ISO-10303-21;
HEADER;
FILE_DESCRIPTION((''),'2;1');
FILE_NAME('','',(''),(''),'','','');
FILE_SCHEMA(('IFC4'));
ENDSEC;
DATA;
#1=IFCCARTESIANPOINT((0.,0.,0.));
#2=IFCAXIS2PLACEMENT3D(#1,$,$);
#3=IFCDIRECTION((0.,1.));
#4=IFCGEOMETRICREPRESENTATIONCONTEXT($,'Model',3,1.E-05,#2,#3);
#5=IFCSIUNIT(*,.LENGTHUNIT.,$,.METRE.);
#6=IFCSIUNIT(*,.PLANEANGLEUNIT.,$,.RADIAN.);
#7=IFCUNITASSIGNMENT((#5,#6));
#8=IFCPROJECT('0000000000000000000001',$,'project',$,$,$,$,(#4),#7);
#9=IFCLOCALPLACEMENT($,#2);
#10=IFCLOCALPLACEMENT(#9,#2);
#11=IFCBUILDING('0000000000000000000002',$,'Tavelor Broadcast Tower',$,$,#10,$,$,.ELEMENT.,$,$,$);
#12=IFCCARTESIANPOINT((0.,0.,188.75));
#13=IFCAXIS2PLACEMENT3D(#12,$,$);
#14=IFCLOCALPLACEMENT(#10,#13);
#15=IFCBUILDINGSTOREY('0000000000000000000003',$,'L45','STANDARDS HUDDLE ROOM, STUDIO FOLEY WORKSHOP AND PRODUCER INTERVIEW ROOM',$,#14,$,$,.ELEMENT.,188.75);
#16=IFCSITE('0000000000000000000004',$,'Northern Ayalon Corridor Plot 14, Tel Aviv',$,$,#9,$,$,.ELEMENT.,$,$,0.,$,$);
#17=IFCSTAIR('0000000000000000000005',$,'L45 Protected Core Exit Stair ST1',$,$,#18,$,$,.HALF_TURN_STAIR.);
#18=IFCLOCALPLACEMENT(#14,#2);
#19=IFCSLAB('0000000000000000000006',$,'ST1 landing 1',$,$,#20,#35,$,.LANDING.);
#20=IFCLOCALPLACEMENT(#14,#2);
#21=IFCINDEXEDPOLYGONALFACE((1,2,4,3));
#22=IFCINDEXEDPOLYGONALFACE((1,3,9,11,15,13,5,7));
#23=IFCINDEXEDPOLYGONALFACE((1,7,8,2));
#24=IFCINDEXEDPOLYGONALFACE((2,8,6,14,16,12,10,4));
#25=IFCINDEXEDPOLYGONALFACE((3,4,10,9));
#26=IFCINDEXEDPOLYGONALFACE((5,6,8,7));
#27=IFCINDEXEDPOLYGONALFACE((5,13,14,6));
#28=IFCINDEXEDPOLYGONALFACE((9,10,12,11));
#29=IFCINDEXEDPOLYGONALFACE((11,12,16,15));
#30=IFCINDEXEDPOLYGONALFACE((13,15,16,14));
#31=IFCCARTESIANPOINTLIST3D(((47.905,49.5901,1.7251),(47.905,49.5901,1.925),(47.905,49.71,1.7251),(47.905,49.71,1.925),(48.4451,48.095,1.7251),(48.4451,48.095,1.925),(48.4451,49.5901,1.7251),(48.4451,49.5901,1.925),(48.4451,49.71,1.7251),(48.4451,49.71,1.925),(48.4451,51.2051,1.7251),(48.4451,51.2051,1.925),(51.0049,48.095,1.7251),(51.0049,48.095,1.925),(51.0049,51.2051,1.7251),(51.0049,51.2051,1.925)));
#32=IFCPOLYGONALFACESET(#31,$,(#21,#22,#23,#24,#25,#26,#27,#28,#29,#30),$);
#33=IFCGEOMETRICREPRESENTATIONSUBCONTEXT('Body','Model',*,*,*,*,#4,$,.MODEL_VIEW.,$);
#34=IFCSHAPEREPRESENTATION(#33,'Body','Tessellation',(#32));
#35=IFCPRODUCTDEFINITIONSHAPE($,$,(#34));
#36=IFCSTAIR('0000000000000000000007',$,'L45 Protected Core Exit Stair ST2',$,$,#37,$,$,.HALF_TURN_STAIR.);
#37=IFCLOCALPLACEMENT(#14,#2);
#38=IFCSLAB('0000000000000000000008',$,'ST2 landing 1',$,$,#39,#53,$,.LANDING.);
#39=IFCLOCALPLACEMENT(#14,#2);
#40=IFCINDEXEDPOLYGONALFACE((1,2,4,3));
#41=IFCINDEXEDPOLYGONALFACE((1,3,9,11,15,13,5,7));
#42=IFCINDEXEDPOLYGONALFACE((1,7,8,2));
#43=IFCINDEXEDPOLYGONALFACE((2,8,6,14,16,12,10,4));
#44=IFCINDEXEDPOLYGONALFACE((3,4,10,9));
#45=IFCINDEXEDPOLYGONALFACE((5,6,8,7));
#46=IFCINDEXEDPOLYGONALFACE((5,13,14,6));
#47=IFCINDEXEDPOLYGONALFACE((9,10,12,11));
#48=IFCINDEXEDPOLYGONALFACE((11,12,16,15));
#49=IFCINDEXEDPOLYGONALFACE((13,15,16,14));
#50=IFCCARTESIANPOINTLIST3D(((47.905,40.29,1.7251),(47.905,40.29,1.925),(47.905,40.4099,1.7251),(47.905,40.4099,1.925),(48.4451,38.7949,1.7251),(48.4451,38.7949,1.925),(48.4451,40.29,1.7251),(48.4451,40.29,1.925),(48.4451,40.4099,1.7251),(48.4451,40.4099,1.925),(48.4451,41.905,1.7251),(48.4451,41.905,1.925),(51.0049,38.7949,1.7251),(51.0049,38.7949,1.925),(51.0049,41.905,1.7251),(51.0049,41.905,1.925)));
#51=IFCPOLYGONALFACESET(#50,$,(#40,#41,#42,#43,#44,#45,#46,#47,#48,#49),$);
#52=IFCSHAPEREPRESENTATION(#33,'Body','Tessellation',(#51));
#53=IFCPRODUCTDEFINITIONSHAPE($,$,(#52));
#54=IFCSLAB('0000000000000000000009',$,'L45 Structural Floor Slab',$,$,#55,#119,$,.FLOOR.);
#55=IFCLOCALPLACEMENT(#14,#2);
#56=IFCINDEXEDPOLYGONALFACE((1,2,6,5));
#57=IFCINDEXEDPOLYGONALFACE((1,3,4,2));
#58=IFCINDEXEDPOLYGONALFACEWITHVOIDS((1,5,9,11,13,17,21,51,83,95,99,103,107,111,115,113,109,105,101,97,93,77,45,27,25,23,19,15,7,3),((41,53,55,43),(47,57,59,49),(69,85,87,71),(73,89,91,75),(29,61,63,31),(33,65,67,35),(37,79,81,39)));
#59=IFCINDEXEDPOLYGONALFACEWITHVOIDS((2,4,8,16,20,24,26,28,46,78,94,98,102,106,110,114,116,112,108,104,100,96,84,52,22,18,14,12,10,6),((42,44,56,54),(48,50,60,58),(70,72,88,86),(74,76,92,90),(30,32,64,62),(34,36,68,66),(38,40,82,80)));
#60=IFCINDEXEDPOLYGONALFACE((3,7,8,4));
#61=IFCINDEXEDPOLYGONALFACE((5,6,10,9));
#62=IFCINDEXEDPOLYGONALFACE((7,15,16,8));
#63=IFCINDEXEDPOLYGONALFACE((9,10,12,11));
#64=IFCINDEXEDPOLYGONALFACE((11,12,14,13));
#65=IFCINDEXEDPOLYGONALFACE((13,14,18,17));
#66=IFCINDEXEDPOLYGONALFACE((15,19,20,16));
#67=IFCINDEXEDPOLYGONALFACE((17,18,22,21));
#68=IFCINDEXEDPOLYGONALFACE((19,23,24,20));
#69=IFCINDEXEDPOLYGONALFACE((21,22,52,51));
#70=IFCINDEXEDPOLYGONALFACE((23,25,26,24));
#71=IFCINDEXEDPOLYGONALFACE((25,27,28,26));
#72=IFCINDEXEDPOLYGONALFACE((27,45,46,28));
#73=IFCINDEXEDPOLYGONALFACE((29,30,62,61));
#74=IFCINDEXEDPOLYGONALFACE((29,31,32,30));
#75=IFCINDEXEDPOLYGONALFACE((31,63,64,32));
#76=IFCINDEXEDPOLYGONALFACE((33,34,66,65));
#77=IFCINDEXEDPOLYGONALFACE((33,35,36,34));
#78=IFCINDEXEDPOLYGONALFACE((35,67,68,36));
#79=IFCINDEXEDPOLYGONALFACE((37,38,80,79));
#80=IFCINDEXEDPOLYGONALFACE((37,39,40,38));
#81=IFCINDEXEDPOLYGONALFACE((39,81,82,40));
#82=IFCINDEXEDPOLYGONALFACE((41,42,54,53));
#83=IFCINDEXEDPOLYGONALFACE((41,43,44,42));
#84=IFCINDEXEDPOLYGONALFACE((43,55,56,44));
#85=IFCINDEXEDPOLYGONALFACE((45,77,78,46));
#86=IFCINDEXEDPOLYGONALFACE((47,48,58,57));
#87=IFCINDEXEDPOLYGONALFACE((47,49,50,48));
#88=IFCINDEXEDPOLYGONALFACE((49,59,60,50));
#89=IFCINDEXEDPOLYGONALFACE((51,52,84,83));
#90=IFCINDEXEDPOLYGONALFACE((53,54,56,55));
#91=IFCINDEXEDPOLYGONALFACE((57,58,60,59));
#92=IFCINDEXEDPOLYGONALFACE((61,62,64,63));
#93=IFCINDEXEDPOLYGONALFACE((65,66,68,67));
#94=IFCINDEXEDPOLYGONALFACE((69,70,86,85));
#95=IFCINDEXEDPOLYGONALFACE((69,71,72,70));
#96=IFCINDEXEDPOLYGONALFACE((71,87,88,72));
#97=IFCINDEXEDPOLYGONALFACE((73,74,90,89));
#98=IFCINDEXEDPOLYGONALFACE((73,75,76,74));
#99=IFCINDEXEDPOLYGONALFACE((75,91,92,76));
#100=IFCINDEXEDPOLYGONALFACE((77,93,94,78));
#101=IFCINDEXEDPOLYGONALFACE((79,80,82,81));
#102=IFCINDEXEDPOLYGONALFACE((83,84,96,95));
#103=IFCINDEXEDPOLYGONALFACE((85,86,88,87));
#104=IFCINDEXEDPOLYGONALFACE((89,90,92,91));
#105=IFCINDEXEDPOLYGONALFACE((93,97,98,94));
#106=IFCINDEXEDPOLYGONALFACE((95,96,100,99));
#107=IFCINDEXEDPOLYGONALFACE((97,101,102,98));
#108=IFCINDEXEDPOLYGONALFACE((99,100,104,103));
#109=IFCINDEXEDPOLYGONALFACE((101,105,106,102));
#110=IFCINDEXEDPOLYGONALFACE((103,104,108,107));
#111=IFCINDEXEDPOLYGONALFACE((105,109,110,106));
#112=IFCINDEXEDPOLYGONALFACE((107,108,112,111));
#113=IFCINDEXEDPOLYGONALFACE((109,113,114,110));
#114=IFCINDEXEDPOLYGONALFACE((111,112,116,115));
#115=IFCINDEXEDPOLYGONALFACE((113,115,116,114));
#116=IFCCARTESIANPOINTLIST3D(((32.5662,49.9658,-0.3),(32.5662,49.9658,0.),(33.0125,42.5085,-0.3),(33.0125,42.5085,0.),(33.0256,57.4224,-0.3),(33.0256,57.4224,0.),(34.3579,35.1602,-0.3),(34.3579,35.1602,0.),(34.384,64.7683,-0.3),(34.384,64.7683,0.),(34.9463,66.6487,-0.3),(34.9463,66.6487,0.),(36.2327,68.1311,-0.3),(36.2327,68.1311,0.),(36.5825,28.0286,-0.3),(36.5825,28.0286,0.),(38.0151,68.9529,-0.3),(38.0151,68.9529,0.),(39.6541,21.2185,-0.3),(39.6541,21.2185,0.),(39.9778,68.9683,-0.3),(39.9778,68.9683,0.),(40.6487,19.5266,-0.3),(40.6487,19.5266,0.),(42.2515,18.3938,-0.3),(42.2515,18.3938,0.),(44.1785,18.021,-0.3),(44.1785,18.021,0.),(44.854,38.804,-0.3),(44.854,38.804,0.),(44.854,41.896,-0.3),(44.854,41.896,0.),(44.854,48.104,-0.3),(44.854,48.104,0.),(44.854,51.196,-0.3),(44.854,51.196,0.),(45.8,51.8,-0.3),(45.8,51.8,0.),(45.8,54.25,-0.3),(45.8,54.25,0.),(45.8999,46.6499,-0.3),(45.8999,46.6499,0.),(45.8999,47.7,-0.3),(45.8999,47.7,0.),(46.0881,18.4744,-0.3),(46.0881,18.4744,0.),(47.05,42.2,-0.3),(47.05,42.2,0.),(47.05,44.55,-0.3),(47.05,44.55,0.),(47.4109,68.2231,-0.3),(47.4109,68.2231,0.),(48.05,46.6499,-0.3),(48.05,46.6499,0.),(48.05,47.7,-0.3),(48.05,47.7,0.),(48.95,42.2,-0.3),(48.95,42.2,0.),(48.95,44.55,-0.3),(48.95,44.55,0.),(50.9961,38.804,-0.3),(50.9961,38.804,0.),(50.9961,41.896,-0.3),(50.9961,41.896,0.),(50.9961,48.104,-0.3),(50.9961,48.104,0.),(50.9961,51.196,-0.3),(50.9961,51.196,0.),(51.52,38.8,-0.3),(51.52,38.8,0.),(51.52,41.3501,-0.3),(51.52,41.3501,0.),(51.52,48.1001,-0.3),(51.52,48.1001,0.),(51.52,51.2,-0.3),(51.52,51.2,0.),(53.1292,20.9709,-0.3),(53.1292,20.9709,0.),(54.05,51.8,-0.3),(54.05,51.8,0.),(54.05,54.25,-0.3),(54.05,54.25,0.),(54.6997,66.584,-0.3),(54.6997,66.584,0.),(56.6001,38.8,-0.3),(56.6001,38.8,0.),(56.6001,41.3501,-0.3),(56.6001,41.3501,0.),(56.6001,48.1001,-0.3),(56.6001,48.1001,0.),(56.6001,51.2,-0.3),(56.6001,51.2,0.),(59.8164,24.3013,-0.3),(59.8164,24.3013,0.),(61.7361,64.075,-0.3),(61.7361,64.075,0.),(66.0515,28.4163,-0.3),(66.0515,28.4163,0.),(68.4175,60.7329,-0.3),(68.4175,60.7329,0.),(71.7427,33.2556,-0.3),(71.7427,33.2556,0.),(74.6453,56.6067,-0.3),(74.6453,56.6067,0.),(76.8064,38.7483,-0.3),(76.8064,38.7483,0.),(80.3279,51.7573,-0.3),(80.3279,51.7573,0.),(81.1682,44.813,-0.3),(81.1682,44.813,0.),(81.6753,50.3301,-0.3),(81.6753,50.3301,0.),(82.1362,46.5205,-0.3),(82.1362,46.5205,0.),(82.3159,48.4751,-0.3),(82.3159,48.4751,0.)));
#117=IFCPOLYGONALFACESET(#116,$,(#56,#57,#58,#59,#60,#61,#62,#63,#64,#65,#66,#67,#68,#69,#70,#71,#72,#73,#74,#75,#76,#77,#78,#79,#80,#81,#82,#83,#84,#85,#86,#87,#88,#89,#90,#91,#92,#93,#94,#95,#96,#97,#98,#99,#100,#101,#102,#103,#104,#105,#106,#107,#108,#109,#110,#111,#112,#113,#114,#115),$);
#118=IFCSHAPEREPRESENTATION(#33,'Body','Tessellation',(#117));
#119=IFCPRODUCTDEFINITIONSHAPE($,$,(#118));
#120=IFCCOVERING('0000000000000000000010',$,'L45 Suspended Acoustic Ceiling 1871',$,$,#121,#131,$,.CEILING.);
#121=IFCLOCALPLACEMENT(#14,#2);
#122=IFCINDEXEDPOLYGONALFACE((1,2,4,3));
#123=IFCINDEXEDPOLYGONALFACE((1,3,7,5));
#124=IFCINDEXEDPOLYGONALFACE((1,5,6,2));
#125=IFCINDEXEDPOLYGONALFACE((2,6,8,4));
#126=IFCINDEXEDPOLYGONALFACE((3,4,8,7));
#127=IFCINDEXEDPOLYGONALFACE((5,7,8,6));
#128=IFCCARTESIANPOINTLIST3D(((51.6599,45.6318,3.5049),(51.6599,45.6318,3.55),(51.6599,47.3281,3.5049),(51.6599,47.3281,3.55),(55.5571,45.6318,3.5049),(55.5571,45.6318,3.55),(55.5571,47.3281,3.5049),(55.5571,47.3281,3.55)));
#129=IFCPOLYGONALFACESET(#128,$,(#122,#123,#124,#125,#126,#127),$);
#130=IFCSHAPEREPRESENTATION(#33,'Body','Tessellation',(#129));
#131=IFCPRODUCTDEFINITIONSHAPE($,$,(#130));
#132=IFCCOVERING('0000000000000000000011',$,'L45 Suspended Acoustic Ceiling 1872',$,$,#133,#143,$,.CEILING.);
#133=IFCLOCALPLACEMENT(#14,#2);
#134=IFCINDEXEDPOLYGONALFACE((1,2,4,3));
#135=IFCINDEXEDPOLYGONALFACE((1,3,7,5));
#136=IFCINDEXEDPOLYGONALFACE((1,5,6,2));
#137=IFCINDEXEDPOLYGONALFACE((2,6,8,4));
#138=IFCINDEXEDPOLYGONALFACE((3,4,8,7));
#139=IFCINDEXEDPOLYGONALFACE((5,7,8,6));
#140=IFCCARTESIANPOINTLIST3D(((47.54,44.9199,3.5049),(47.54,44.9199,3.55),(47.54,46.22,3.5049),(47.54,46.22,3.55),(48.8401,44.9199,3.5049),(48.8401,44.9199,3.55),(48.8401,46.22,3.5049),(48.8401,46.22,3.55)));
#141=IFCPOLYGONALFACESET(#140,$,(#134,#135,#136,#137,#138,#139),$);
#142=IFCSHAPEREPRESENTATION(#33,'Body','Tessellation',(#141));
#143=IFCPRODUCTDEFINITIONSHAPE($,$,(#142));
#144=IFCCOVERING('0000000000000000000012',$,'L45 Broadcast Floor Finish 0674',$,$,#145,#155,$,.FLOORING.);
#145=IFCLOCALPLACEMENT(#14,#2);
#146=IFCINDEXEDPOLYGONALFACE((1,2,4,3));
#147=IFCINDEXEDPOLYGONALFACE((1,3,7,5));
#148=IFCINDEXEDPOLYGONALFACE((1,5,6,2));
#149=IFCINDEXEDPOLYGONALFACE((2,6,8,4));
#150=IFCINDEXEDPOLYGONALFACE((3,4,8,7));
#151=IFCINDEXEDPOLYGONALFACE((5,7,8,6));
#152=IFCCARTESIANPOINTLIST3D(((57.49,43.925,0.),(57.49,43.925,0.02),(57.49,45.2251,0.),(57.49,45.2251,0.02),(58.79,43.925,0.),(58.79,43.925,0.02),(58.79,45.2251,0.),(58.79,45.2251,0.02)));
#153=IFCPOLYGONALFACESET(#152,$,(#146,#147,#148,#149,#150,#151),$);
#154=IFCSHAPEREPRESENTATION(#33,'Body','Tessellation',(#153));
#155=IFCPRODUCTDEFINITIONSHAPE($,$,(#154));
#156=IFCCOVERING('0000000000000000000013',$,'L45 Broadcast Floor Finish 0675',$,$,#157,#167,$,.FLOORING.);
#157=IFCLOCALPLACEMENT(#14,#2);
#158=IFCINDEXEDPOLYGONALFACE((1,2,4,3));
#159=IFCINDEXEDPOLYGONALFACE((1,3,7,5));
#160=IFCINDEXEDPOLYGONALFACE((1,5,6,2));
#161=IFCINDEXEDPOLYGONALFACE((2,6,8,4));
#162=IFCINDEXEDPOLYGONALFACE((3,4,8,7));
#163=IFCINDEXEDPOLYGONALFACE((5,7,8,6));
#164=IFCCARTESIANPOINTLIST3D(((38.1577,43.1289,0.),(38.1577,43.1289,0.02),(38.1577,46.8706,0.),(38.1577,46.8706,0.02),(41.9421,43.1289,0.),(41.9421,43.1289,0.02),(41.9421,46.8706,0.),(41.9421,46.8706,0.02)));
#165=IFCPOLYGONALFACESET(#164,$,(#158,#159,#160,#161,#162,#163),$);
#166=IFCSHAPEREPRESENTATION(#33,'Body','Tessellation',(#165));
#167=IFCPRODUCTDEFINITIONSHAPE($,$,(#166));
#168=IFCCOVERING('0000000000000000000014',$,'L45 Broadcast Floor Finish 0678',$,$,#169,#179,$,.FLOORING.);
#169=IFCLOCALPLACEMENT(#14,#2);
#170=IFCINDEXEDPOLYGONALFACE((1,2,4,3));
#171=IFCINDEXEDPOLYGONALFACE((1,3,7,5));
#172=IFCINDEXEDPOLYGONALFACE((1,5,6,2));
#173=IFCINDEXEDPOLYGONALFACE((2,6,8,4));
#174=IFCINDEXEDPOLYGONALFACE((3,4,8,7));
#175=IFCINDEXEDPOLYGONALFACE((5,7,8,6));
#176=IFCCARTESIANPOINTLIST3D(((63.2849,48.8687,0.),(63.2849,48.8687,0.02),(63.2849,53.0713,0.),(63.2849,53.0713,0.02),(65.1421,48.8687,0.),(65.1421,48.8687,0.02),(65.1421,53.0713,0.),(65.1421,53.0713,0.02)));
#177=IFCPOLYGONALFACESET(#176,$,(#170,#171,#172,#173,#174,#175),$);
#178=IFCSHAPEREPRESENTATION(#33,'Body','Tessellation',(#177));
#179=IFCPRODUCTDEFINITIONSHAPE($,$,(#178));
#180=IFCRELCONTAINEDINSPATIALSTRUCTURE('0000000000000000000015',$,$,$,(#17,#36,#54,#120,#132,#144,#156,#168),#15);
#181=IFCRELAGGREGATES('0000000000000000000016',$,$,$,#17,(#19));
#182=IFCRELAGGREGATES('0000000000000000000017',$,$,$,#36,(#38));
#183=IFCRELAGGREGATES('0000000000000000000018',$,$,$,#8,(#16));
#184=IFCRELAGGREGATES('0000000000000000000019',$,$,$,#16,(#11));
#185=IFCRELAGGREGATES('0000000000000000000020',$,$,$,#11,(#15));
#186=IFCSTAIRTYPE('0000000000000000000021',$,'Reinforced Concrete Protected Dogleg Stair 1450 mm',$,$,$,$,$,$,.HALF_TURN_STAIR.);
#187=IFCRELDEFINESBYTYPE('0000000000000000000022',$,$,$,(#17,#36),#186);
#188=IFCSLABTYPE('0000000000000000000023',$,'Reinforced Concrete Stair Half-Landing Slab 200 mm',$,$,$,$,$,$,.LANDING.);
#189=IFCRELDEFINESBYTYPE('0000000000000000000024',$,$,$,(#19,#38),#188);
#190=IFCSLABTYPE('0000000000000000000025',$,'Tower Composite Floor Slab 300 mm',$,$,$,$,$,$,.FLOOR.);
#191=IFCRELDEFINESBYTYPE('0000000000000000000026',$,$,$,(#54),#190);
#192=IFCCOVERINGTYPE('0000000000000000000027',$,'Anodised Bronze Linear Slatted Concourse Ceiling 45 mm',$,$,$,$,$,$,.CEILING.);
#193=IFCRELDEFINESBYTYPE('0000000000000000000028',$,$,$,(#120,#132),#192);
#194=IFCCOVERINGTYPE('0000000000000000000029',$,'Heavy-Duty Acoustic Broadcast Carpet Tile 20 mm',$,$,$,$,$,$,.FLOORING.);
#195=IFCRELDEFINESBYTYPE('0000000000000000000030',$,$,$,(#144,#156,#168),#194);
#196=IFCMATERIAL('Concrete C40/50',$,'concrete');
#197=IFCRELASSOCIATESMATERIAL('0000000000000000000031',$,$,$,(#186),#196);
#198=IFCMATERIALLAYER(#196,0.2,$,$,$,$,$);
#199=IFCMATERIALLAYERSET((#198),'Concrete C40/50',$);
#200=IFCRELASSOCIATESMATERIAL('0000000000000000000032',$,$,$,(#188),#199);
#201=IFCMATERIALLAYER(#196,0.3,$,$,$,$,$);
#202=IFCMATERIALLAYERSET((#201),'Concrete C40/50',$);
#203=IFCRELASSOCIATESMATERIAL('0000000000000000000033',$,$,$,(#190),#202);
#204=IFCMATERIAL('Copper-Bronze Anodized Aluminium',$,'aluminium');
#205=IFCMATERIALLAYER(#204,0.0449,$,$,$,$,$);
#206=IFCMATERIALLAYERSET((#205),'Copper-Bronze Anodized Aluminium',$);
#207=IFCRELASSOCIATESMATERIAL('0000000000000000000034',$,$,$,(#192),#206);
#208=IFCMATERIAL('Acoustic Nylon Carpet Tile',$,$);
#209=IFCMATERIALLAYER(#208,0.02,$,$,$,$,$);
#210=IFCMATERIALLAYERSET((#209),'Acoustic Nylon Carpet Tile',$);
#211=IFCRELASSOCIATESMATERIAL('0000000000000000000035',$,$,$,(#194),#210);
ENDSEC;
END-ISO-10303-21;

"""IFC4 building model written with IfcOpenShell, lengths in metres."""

from ifc_helpers import new_model, si_unit, direction, frame, origin, place, context, subcontext, project, spatial, polyline, outline, extrude, material, layer, layer_set, type_object, element, aggregate, save


model = new_model("IFC4")

# Units and contexts
model_context = context("Model", 3, precision=1e-05, world=origin(), true_north=direction((0.0, 1.0)))
body_context = subcontext(model_context, "Body", "Model", "MODEL_VIEW")
ifc_project = project(units=[si_unit("LENGTHUNIT", "METRE"), si_unit("PLANEANGLEUNIT", "RADIAN")], contexts=[model_context])

# Site, building, storey
site_placement = place(None, origin())
site = spatial("IfcSite", under=ifc_project, at=site_placement, Name="Northern Ayalon Corridor Plot 14, Tel Aviv", CompositionType="ELEMENT", RefElevation=0.0)
building_placement = place(site_placement, origin())
building = spatial("IfcBuilding", under=site, at=building_placement, Name="Tavelor Broadcast Tower", CompositionType="ELEMENT")
storey_placement = place(building_placement, frame((0.0, 0.0, 188.75)))
storey = spatial("IfcBuildingStorey", under=building, at=storey_placement, Name="L45", Description="STANDARDS HUDDLE ROOM, STUDIO FOLEY WORKSHOP AND PRODUCER INTERVIEW ROOM", CompositionType="ELEMENT", Elevation=188.75)

# Stairs, slabs
ifc_material_1 = material(Name="Concrete C40/50", Category="concrete")
stair_type = type_object("IfcStairType", Name="Reinforced Concrete Protected Dogleg Stair 1450 mm", PredefinedType="HALF_TURN_STAIR", material=ifc_material_1)
stair_1_placement = place(storey_placement, origin())
stair_1 = element("IfcStair", 1, at=stair_1_placement, inside=storey, type_object=stair_type, Name="L45 Protected Core Exit Stair ST1", PredefinedType="HALF_TURN_STAIR")
ifc_layer_1 = layer(ifc_material_1, 0.2)
ifc_layer_set_1 = layer_set([ifc_layer_1], Name="Concrete C40/50")
slab_type_1 = type_object("IfcSlabType", Name="Reinforced Concrete Stair Half-Landing Slab 200 mm", PredefinedType="LANDING", material=ifc_layer_set_1)
slab_1_placement = place(storey_placement, frame((0.0, 0.0, 1.7251)))
slab_1 = element("IfcSlab", 2, at=slab_1_placement, type_object=slab_type_1, Name="ST1 landing 1", PredefinedType="LANDING", context=body_context, shape_type="SweptSolid", body=[
    extrude(outline(polyline([(48.4451, 49.5901), (48.4451, 48.095), (51.0049, 48.095), (51.0049, 51.2051), (48.4451, 51.2051), (48.4451, 49.71), (47.905, 49.71), (47.905, 49.5901), (48.4451, 49.5901)])), origin(), (0.0, 0.0, 1.0), 0.2),
])
aggregate(stair_1, [slab_1])
stair_2_placement = place(storey_placement, origin())
stair_2 = element("IfcStair", 3, at=stair_2_placement, inside=storey, type_object=stair_type, Name="L45 Protected Core Exit Stair ST2", PredefinedType="HALF_TURN_STAIR")
slab_2_placement = place(storey_placement, frame((0.0, 0.0, 1.7251)))
slab_2 = element("IfcSlab", 4, at=slab_2_placement, type_object=slab_type_1, Name="ST2 landing 1", PredefinedType="LANDING", context=body_context, shape_type="SweptSolid", body=[
    extrude(outline(polyline([(48.4451, 40.29), (48.4451, 38.7949), (51.0049, 38.7949), (51.0049, 41.905), (48.4451, 41.905), (48.4451, 40.4099), (47.905, 40.4099), (47.905, 40.29), (48.4451, 40.29)])), origin(), (0.0, 0.0, 1.0), 0.2),
])
aggregate(stair_2, [slab_2])

# Slab
ifc_layer_2 = layer(ifc_material_1, 0.3)
ifc_layer_set_2 = layer_set([ifc_layer_2], Name="Concrete C40/50")
slab_type_2 = type_object("IfcSlabType", Name="Tower Composite Floor Slab 300 mm", PredefinedType="FLOOR", material=ifc_layer_set_2)
slab_3_placement = place(storey_placement, frame((0.0, 0.0, -0.3)))
element("IfcSlab", 5, at=slab_3_placement, inside=storey, type_object=slab_type_2, Name="L45 Structural Floor Slab", PredefinedType="FLOOR", context=body_context, shape_type="SweptSolid", body=[
    extrude(outline(polyline([(39.9778, 68.9683), (38.0151, 68.9529), (36.2327, 68.1311), (34.9463, 66.6487), (34.384, 64.7683), (33.0256, 57.4224), (32.5662, 49.9658), (33.0125, 42.5085), (34.3579, 35.1602), (36.5825, 28.0286), (39.6541, 21.2185), (40.6487, 19.5266), (42.2515, 18.3938), (44.1785, 18.021), (46.0881, 18.4744), (53.1292, 20.9709), (59.8164, 24.3013), (66.0515, 28.4163), (71.7427, 33.2556), (76.8064, 38.7483), (81.1682, 44.813), (82.1362, 46.5205), (82.3159, 48.4751), (81.6753, 50.3301), (80.3279, 51.7573), (74.6453, 56.6067), (68.4175, 60.7329), (61.7361, 64.075), (54.6997, 66.584), (47.4109, 68.2231), (39.9778, 68.9683)]), holes=[polyline([(56.6001, 41.3501), (56.6001, 38.8), (51.52, 38.8), (51.52, 41.3501), (56.6001, 41.3501)]), polyline([(50.9961, 38.804), (44.854, 38.804), (44.854, 41.896), (50.9961, 41.896), (50.9961, 38.804)]), polyline([(47.05, 42.2), (47.05, 44.55), (48.95, 44.55), (48.95, 42.2), (47.05, 42.2)]), polyline([(48.05, 46.6499), (45.8999, 46.6499), (45.8999, 47.7), (48.05, 47.7), (48.05, 46.6499)]), polyline([(50.9961, 48.104), (44.854, 48.104), (44.854, 51.196), (50.9961, 51.196), (50.9961, 48.104)]), polyline([(56.6001, 48.1001), (51.52, 48.1001), (51.52, 51.2), (56.6001, 51.2), (56.6001, 48.1001)]), polyline([(54.05, 51.8), (45.8, 51.8), (45.8, 54.25), (54.05, 54.25), (54.05, 51.8)])]), origin(), (0.0, 0.0, 1.0), 0.3),
])

# Coverings
ifc_material_2 = material(Name="Copper-Bronze Anodized Aluminium", Category="aluminium")
ifc_layer_3 = layer(ifc_material_2, 0.0449)
ifc_layer_set_3 = layer_set([ifc_layer_3], Name="Copper-Bronze Anodized Aluminium")
covering_type_1 = type_object("IfcCoveringType", Name="Anodised Bronze Linear Slatted Concourse Ceiling 45 mm", PredefinedType="CEILING", material=ifc_layer_set_3)
covering_1_placement = place(storey_placement, frame((0.0, 0.0, 3.5049)))
element("IfcCovering", 6, at=covering_1_placement, inside=storey, type_object=covering_type_1, Name="L45 Suspended Acoustic Ceiling 1871", PredefinedType="CEILING", context=body_context, shape_type="SweptSolid", body=[
    extrude(outline(polyline([(51.6599, 45.6318), (55.5571, 45.6318), (55.5571, 47.3281), (51.6599, 47.3281), (51.6599, 45.6318)])), origin(), (0.0, 0.0, 1.0), 0.0452),
])
covering_2_placement = place(storey_placement, frame((0.0, 0.0, 3.5049)))
element("IfcCovering", 7, at=covering_2_placement, inside=storey, type_object=covering_type_1, Name="L45 Suspended Acoustic Ceiling 1872", PredefinedType="CEILING", context=body_context, shape_type="SweptSolid", body=[
    extrude(outline(polyline([(47.54, 44.9199), (48.8401, 44.9199), (48.8401, 46.22), (47.54, 46.22), (47.54, 44.9199)])), origin(), (0.0, 0.0, 1.0), 0.0452),
])
ifc_material_3 = material(Name="Acoustic Nylon Carpet Tile")
ifc_layer_4 = layer(ifc_material_3, 0.02)
ifc_layer_set_4 = layer_set([ifc_layer_4], Name="Acoustic Nylon Carpet Tile")
covering_type_2 = type_object("IfcCoveringType", Name="Heavy-Duty Acoustic Broadcast Carpet Tile 20 mm", PredefinedType="FLOORING", material=ifc_layer_set_4)
covering_3_placement = place(storey_placement, origin())
element("IfcCovering", 8, at=covering_3_placement, inside=storey, type_object=covering_type_2, Name="L45 Broadcast Floor Finish 0674", PredefinedType="FLOORING", context=body_context, shape_type="SweptSolid", body=[
    extrude(outline(polyline([(57.49, 43.925), (58.79, 43.925), (58.79, 45.2251), (57.49, 45.2251), (57.49, 43.925)])), origin(), (0.0, 0.0, 1.0), 0.02),
])
covering_4_placement = place(storey_placement, origin())
element("IfcCovering", 9, at=covering_4_placement, inside=storey, type_object=covering_type_2, Name="L45 Broadcast Floor Finish 0675", PredefinedType="FLOORING", context=body_context, shape_type="SweptSolid", body=[
    extrude(outline(polyline([(38.1577, 43.1289), (41.9421, 43.1289), (41.9421, 46.8706), (38.1577, 46.8706), (38.1577, 43.1289)])), origin(), (0.0, 0.0, 1.0), 0.02),
])
covering_5_placement = place(storey_placement, origin())
element("IfcCovering", 10, at=covering_5_placement, inside=storey, type_object=covering_type_2, Name="L45 Broadcast Floor Finish 0678", PredefinedType="FLOORING", context=body_context, shape_type="SweptSolid", body=[
    extrude(outline(polyline([(63.2849, 48.8687), (65.1421, 48.8687), (65.1421, 53.0713), (63.2849, 53.0713), (63.2849, 48.8687)])), origin(), (0.0, 0.0, 1.0), 0.02),
])

save(model, "model.ifc")
